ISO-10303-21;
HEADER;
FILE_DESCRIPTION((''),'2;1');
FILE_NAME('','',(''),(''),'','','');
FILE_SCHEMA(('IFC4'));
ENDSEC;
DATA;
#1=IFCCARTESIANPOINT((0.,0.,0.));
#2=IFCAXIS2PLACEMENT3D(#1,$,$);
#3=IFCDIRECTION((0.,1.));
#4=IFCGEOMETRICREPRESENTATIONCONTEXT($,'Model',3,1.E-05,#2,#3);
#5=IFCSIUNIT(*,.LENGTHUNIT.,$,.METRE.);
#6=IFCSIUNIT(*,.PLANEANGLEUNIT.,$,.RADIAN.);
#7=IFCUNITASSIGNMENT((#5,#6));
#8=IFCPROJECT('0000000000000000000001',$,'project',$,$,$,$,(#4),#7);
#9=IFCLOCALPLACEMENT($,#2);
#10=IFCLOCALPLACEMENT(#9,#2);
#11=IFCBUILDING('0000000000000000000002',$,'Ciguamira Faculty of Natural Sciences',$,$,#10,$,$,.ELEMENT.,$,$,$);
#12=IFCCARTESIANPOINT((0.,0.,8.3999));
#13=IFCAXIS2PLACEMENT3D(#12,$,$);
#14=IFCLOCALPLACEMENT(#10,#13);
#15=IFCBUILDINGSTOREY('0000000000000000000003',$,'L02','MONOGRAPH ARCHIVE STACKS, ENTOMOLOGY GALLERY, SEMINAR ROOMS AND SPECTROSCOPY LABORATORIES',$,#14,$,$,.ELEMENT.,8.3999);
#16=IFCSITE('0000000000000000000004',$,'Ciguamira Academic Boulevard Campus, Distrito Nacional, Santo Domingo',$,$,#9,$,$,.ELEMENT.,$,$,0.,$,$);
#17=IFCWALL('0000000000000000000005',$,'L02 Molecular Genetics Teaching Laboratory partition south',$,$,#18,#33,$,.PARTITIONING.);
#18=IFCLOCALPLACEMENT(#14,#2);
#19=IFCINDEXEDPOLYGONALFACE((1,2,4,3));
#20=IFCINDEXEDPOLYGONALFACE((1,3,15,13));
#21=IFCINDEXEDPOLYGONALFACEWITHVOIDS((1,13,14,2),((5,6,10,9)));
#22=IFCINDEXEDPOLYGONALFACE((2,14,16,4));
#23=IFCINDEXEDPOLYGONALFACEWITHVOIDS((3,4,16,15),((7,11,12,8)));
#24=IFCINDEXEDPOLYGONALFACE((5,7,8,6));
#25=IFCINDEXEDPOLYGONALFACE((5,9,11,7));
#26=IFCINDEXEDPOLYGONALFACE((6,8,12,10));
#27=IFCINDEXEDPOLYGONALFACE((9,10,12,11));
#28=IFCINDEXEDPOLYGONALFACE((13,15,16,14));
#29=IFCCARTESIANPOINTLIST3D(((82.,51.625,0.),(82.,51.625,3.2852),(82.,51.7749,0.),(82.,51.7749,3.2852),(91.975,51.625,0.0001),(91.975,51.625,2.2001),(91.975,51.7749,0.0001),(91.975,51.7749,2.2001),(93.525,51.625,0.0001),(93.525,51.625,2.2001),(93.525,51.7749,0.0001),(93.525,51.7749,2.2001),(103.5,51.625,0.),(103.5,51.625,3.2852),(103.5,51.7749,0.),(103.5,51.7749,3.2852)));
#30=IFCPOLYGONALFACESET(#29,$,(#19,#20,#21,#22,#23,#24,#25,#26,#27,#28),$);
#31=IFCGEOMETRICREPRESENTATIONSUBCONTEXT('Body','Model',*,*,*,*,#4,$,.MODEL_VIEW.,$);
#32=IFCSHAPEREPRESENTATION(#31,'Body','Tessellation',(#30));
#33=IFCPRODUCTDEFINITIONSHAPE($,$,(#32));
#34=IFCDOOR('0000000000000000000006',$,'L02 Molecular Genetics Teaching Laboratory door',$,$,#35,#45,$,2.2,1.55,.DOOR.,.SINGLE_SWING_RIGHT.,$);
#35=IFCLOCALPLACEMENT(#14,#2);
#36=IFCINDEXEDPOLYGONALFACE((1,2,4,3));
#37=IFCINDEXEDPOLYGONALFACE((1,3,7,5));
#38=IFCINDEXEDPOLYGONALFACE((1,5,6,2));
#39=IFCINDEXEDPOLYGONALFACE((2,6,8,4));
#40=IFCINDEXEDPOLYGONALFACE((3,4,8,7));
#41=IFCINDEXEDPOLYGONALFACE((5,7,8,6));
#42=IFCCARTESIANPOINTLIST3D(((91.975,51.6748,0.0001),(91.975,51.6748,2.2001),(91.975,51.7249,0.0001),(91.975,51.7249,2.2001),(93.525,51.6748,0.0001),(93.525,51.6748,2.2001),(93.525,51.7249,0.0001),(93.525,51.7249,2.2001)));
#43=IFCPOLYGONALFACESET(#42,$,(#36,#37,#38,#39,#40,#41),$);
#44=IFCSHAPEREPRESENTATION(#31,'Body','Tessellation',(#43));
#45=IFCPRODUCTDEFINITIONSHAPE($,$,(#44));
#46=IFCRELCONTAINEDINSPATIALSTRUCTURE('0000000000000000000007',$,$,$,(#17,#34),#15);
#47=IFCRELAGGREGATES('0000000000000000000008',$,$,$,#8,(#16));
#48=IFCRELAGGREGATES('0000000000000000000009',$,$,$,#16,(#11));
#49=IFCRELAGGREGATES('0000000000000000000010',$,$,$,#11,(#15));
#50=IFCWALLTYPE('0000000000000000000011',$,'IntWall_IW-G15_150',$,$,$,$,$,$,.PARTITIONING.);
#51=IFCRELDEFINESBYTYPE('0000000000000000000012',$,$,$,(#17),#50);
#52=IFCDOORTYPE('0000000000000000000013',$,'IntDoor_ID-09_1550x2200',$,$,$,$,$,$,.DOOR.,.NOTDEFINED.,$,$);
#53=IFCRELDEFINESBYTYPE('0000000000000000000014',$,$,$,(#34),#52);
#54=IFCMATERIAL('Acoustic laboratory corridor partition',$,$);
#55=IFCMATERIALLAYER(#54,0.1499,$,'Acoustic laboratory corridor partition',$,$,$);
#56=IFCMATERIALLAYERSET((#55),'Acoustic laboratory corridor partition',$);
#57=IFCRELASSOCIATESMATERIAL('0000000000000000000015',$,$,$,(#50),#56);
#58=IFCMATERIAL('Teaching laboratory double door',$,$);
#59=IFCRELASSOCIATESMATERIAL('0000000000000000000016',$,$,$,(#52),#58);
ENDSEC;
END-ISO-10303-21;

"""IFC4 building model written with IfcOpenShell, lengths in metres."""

from ifc_helpers import new_model, si_unit, direction, frame, frame_2d, origin, place, context, subcontext, project, spatial, rectangle, extrude, material, layer, layer_set, type_object, element, fill, save


model = new_model("IFC4")

# Units and contexts
model_context = context("Model", 3, precision=1e-05, world=origin(), true_north=direction((0.0, 1.0)))
body_context = subcontext(model_context, "Body", "Model", "MODEL_VIEW")
ifc_project = project(units=[si_unit("LENGTHUNIT", "METRE"), si_unit("PLANEANGLEUNIT", "RADIAN")], contexts=[model_context])

# Site, building, storey
site_placement = place(None, origin())
site = spatial("IfcSite", under=ifc_project, at=site_placement, Name="Ciguamira Academic Boulevard Campus, Distrito Nacional, Santo Domingo", CompositionType="ELEMENT", RefElevation=0.0)
building_placement = place(site_placement, origin())
building = spatial("IfcBuilding", under=site, at=building_placement, Name="Ciguamira Faculty of Natural Sciences", CompositionType="ELEMENT")
storey_placement = place(building_placement, frame((0.0, 0.0, 8.3999)))
storey = spatial("IfcBuildingStorey", under=building, at=storey_placement, Name="L02", Description="MONOGRAPH ARCHIVE STACKS, ENTOMOLOGY GALLERY, SEMINAR ROOMS AND SPECTROSCOPY LABORATORIES", CompositionType="ELEMENT", Elevation=8.3999)

# Shared definitions
ifc_material_1 = material(Name="Acoustic laboratory corridor partition")
ifc_layer_1 = layer(ifc_material_1, 0.1499, Name="Acoustic laboratory corridor partition")
ifc_layer_set_1 = layer_set([ifc_layer_1], Name="Acoustic laboratory corridor partition")
wall_type = type_object("IfcWallType", Name="IntWall_IW-G15_150", PredefinedType="PARTITIONING", material=ifc_layer_set_1)

# Wall, opening, door
wall_1_placement = place(storey_placement, frame((82.0, 51.7, 0.0), z_axis=(0.0, 0.0, 1.0), x_axis=(1.0, 0.0, 0.0)))
wall_1 = element("IfcWall", 1, at=wall_1_placement, inside=storey, type_object=wall_type, Name="L02 Molecular Genetics Teaching Laboratory partition south", PredefinedType="PARTITIONING", context=body_context, shape_type="SweptSolid", body=[
    extrude(rectangle(XDim=21.5, YDim=0.1499, at=frame_2d((10.75, 0.0))), origin(), (0.0, 0.0, 1.0), 3.2852),
])
opening_placement = place(wall_1_placement, frame((9.9751, 0.0, 0.0)))
opening = element("IfcOpeningElement", 2, at=opening_placement, cuts=wall_1, PredefinedType="OPENING", context=body_context, shape_type="SweptSolid", body=[
    extrude(rectangle(XDim=1.55, YDim=2.2, at=frame_2d((0.7749, 1.1001))), frame((0.0, 0.085, 0.0), z_axis=(0.0, -1.0, 0.0), x_axis=(1.0, 0.0, 0.0)), (0.0, 0.0, 1.0), 0.1699),
])
ifc_material_2 = material(Name="Teaching laboratory double door")
door_type = type_object("IfcDoorType", Name="IntDoor_ID-09_1550x2200", OperationType="NOTDEFINED", PredefinedType="DOOR", material=ifc_material_2)
door_placement = place(opening_placement, origin())
door = element("IfcDoor", 3, at=door_placement, inside=storey, type_object=door_type, Name="L02 Molecular Genetics Teaching Laboratory door", OperationType="SINGLE_SWING_RIGHT", OverallHeight=2.2, OverallWidth=1.55, PredefinedType="DOOR", context=body_context, shape_type="SweptSolid", body=[
    extrude(rectangle(XDim=1.55, YDim=2.2, at=frame_2d((0.7749, 1.1001))), frame((0.0, 0.0249, 0.0), z_axis=(0.0, -1.0, 0.0), x_axis=(1.0, 0.0, 0.0)), (0.0, 0.0, 1.0), 0.05),
])
fill(opening, door)

save(model, "model.ifc")
